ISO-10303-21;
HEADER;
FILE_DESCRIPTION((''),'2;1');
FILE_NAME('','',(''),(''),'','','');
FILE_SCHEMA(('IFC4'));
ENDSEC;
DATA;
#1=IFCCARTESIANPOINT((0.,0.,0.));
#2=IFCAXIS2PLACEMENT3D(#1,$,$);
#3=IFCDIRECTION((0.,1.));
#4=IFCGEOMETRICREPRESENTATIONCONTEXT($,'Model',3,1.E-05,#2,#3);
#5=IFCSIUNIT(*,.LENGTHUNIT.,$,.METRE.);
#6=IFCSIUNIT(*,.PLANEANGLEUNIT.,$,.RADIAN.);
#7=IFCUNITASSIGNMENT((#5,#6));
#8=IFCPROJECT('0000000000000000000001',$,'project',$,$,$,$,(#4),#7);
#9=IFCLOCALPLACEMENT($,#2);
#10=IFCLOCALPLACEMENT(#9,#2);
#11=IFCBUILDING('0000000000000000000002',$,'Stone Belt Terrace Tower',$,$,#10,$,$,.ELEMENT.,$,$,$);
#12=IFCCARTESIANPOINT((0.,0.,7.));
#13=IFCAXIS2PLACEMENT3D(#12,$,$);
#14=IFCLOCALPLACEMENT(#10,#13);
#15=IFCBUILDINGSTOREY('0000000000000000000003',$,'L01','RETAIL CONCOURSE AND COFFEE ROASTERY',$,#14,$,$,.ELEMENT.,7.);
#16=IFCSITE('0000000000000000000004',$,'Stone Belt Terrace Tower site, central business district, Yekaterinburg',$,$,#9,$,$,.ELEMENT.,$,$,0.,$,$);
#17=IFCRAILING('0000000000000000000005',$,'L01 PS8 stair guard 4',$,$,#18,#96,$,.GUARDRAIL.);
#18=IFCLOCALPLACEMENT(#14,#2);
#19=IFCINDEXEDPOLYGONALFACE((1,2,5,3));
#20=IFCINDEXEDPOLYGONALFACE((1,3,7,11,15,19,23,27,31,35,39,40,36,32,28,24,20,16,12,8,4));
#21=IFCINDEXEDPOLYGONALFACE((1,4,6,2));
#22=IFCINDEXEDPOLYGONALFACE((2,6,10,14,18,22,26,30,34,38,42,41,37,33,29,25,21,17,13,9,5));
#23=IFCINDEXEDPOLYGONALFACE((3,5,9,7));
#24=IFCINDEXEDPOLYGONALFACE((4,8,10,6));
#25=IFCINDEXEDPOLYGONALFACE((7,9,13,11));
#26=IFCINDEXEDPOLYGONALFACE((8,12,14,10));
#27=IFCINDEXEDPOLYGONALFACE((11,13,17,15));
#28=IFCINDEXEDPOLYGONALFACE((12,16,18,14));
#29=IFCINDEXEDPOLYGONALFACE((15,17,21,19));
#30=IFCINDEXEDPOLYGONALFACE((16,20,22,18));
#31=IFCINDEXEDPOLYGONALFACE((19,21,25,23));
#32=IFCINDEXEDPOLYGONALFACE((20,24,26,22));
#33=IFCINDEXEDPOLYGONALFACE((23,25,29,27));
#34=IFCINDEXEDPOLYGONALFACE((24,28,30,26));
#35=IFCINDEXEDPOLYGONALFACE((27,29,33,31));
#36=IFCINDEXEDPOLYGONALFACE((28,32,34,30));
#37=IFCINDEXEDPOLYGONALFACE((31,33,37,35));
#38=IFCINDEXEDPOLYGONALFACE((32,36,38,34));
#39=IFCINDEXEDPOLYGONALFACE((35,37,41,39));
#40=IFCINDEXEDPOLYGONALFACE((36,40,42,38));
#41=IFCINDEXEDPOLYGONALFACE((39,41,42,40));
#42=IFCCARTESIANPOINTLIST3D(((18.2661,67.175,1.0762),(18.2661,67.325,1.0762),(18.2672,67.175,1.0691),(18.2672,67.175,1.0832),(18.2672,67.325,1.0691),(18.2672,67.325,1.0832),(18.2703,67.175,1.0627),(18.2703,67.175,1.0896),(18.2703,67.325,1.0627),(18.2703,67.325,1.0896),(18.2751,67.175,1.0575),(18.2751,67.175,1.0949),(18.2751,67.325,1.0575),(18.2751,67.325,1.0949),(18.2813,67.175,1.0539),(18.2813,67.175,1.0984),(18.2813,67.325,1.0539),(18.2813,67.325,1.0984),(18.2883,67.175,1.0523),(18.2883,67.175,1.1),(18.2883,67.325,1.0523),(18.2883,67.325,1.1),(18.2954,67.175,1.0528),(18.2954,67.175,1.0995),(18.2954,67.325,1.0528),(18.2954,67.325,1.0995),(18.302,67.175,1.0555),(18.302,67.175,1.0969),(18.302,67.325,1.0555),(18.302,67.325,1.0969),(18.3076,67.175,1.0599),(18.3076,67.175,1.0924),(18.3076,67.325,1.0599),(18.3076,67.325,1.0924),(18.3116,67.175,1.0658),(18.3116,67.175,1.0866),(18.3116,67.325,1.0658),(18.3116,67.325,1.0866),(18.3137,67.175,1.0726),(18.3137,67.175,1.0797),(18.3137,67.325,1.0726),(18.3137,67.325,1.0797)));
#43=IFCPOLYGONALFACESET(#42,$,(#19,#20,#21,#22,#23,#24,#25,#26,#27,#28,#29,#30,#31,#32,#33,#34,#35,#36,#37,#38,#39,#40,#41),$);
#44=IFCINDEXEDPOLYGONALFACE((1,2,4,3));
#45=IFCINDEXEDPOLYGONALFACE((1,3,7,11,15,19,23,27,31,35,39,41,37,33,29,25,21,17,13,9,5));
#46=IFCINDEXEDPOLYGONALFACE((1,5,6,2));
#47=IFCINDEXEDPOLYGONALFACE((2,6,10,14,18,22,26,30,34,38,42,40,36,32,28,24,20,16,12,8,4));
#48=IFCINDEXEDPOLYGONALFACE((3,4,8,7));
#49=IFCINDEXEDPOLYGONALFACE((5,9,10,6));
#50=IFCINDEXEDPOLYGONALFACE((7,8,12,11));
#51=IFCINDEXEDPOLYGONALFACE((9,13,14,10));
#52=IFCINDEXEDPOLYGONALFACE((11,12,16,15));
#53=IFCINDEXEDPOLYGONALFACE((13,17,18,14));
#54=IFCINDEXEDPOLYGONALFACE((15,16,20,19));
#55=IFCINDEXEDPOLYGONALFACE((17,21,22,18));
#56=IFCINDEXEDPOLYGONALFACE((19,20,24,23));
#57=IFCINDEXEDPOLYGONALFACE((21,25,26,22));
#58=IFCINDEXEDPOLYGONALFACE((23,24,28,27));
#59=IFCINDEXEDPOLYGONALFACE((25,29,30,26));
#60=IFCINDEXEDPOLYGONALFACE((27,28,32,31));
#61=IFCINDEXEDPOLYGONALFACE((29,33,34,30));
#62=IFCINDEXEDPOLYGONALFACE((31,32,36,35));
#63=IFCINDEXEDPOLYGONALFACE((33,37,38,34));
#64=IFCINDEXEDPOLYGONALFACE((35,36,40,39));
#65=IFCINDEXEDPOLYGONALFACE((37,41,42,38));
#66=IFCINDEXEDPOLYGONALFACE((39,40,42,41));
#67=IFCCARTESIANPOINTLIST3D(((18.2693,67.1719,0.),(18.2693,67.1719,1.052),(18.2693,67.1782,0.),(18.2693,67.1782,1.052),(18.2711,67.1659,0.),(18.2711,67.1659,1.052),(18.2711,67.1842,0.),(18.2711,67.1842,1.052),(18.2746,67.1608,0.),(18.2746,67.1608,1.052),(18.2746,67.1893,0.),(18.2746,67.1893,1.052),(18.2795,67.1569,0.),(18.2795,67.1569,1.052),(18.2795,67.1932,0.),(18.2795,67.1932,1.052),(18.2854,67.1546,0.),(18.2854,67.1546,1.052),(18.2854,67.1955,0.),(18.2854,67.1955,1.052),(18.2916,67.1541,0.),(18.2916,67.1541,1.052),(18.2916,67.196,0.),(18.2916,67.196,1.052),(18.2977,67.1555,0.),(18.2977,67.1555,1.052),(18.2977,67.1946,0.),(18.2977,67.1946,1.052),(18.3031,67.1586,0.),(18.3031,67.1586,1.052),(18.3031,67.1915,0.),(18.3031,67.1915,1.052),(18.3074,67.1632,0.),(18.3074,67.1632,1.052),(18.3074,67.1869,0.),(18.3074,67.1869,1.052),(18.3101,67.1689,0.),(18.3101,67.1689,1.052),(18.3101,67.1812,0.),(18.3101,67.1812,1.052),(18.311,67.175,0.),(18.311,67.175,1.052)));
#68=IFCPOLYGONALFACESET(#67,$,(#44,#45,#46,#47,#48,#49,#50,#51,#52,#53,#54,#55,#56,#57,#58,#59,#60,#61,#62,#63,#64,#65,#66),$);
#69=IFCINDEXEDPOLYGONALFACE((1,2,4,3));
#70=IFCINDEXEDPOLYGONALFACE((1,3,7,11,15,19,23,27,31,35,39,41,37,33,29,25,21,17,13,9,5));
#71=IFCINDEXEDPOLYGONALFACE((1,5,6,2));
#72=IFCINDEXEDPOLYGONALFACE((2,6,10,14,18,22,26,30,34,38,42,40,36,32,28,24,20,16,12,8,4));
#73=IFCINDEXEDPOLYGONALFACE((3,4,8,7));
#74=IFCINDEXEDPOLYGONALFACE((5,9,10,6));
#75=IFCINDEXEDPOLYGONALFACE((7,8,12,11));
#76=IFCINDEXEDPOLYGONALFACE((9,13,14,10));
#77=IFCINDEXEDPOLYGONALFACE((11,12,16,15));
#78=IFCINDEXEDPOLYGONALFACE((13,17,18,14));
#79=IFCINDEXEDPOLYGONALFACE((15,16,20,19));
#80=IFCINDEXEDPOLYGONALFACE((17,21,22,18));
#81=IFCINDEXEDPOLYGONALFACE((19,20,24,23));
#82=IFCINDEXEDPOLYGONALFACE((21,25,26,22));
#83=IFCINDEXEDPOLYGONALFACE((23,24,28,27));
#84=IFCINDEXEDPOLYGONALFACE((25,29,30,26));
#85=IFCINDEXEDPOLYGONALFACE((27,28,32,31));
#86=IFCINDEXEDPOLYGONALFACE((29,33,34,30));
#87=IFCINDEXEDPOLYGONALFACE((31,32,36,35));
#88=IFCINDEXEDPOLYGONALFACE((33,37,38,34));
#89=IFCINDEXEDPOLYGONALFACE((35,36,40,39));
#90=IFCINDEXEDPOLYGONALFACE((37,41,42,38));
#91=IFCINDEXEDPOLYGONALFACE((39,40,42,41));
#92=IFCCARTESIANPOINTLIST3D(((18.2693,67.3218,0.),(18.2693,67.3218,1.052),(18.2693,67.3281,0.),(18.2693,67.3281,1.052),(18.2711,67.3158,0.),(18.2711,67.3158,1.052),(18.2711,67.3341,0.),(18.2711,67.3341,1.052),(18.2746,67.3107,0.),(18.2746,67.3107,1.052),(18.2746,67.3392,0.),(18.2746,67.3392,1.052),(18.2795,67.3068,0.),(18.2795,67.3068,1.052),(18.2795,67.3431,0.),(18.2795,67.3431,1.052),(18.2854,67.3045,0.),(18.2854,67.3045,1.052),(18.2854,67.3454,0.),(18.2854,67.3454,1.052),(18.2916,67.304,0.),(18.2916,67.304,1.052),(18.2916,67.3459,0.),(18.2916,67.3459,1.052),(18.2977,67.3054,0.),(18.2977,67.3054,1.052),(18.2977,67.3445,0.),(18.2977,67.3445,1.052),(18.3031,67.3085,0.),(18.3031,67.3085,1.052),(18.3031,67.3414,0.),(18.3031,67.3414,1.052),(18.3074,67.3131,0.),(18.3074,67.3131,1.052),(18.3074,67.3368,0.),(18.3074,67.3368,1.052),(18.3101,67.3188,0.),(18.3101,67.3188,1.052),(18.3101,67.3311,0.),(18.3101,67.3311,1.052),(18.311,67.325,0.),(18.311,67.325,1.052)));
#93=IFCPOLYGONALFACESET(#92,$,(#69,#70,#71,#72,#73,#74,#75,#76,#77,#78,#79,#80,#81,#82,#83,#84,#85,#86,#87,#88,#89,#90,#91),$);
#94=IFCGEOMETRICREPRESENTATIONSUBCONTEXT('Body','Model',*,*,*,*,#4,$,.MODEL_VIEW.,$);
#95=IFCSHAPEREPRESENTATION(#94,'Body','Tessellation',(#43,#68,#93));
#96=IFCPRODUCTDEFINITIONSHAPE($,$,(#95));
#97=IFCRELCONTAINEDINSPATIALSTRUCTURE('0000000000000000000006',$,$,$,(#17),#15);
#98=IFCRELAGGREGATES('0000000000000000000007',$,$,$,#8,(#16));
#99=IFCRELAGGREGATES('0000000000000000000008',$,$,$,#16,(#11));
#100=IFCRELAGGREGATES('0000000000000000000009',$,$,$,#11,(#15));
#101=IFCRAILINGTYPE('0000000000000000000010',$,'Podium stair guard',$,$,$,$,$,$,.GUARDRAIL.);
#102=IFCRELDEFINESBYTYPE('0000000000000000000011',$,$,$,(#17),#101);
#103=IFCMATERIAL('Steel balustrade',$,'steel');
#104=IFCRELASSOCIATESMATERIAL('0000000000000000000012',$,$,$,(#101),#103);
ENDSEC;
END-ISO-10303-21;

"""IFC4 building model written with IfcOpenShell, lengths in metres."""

from ifc_helpers import new_model, si_unit, direction, frame, origin, origin_2d, place, context, subcontext, project, spatial, circle, extrude, material, type_object, element, save


model = new_model("IFC4")

# Units and contexts
model_context = context("Model", 3, precision=1e-05, world=origin(), true_north=direction((0.0, 1.0)))
body_context = subcontext(model_context, "Body", "Model", "MODEL_VIEW")
ifc_project = project(units=[si_unit("LENGTHUNIT", "METRE"), si_unit("PLANEANGLEUNIT", "RADIAN")], contexts=[model_context])

# Site, building, storey
site_placement = place(None, origin())
site = spatial("IfcSite", under=ifc_project, at=site_placement, Name="Stone Belt Terrace Tower site, central business district, Yekaterinburg", CompositionType="ELEMENT", RefElevation=0.0)
building_placement = place(site_placement, origin())
building = spatial("IfcBuilding", under=site, at=building_placement, Name="Stone Belt Terrace Tower", CompositionType="ELEMENT")
storey_placement = place(building_placement, frame((0.0, 0.0, 7.0)))
storey = spatial("IfcBuildingStorey", under=building, at=storey_placement, Name="L01", Description="RETAIL CONCOURSE AND COFFEE ROASTERY", CompositionType="ELEMENT", Elevation=7.0)

# Railing
ifc_material_1 = material(Name="Steel balustrade", Category="steel")
railing_type_1 = type_object("IfcRailingType", Name="Podium stair guard", PredefinedType="GUARDRAIL", material=ifc_material_1)
railing_1_placement = place(storey_placement, frame((18.29, 67.175, 0.0)))
element("IfcRailing", 1, at=railing_1_placement, inside=storey, type_object=railing_type_1, Name="L01 PS8 stair guard 4", PredefinedType="GUARDRAIL", context=body_context, shape_type="SweptSolid", body=[
    extrude(circle(Radius=0.0239, at=origin_2d()), frame((0.0, 0.0, 1.0762), z_axis=(0.0, 1.0, 0.0), x_axis=(-1.0, 0.0, 0.0)), (0.0, 0.0, 1.0), 0.1499),
    extrude(circle(Radius=0.021, at=origin_2d()), origin(), (0.0, 0.0, 1.0), 1.052),
    extrude(circle(Radius=0.021, at=origin_2d()), frame((0.0, 0.1499, 0.0)), (0.0, 0.0, 1.0), 1.052),
])

save(model, "model.ifc")
